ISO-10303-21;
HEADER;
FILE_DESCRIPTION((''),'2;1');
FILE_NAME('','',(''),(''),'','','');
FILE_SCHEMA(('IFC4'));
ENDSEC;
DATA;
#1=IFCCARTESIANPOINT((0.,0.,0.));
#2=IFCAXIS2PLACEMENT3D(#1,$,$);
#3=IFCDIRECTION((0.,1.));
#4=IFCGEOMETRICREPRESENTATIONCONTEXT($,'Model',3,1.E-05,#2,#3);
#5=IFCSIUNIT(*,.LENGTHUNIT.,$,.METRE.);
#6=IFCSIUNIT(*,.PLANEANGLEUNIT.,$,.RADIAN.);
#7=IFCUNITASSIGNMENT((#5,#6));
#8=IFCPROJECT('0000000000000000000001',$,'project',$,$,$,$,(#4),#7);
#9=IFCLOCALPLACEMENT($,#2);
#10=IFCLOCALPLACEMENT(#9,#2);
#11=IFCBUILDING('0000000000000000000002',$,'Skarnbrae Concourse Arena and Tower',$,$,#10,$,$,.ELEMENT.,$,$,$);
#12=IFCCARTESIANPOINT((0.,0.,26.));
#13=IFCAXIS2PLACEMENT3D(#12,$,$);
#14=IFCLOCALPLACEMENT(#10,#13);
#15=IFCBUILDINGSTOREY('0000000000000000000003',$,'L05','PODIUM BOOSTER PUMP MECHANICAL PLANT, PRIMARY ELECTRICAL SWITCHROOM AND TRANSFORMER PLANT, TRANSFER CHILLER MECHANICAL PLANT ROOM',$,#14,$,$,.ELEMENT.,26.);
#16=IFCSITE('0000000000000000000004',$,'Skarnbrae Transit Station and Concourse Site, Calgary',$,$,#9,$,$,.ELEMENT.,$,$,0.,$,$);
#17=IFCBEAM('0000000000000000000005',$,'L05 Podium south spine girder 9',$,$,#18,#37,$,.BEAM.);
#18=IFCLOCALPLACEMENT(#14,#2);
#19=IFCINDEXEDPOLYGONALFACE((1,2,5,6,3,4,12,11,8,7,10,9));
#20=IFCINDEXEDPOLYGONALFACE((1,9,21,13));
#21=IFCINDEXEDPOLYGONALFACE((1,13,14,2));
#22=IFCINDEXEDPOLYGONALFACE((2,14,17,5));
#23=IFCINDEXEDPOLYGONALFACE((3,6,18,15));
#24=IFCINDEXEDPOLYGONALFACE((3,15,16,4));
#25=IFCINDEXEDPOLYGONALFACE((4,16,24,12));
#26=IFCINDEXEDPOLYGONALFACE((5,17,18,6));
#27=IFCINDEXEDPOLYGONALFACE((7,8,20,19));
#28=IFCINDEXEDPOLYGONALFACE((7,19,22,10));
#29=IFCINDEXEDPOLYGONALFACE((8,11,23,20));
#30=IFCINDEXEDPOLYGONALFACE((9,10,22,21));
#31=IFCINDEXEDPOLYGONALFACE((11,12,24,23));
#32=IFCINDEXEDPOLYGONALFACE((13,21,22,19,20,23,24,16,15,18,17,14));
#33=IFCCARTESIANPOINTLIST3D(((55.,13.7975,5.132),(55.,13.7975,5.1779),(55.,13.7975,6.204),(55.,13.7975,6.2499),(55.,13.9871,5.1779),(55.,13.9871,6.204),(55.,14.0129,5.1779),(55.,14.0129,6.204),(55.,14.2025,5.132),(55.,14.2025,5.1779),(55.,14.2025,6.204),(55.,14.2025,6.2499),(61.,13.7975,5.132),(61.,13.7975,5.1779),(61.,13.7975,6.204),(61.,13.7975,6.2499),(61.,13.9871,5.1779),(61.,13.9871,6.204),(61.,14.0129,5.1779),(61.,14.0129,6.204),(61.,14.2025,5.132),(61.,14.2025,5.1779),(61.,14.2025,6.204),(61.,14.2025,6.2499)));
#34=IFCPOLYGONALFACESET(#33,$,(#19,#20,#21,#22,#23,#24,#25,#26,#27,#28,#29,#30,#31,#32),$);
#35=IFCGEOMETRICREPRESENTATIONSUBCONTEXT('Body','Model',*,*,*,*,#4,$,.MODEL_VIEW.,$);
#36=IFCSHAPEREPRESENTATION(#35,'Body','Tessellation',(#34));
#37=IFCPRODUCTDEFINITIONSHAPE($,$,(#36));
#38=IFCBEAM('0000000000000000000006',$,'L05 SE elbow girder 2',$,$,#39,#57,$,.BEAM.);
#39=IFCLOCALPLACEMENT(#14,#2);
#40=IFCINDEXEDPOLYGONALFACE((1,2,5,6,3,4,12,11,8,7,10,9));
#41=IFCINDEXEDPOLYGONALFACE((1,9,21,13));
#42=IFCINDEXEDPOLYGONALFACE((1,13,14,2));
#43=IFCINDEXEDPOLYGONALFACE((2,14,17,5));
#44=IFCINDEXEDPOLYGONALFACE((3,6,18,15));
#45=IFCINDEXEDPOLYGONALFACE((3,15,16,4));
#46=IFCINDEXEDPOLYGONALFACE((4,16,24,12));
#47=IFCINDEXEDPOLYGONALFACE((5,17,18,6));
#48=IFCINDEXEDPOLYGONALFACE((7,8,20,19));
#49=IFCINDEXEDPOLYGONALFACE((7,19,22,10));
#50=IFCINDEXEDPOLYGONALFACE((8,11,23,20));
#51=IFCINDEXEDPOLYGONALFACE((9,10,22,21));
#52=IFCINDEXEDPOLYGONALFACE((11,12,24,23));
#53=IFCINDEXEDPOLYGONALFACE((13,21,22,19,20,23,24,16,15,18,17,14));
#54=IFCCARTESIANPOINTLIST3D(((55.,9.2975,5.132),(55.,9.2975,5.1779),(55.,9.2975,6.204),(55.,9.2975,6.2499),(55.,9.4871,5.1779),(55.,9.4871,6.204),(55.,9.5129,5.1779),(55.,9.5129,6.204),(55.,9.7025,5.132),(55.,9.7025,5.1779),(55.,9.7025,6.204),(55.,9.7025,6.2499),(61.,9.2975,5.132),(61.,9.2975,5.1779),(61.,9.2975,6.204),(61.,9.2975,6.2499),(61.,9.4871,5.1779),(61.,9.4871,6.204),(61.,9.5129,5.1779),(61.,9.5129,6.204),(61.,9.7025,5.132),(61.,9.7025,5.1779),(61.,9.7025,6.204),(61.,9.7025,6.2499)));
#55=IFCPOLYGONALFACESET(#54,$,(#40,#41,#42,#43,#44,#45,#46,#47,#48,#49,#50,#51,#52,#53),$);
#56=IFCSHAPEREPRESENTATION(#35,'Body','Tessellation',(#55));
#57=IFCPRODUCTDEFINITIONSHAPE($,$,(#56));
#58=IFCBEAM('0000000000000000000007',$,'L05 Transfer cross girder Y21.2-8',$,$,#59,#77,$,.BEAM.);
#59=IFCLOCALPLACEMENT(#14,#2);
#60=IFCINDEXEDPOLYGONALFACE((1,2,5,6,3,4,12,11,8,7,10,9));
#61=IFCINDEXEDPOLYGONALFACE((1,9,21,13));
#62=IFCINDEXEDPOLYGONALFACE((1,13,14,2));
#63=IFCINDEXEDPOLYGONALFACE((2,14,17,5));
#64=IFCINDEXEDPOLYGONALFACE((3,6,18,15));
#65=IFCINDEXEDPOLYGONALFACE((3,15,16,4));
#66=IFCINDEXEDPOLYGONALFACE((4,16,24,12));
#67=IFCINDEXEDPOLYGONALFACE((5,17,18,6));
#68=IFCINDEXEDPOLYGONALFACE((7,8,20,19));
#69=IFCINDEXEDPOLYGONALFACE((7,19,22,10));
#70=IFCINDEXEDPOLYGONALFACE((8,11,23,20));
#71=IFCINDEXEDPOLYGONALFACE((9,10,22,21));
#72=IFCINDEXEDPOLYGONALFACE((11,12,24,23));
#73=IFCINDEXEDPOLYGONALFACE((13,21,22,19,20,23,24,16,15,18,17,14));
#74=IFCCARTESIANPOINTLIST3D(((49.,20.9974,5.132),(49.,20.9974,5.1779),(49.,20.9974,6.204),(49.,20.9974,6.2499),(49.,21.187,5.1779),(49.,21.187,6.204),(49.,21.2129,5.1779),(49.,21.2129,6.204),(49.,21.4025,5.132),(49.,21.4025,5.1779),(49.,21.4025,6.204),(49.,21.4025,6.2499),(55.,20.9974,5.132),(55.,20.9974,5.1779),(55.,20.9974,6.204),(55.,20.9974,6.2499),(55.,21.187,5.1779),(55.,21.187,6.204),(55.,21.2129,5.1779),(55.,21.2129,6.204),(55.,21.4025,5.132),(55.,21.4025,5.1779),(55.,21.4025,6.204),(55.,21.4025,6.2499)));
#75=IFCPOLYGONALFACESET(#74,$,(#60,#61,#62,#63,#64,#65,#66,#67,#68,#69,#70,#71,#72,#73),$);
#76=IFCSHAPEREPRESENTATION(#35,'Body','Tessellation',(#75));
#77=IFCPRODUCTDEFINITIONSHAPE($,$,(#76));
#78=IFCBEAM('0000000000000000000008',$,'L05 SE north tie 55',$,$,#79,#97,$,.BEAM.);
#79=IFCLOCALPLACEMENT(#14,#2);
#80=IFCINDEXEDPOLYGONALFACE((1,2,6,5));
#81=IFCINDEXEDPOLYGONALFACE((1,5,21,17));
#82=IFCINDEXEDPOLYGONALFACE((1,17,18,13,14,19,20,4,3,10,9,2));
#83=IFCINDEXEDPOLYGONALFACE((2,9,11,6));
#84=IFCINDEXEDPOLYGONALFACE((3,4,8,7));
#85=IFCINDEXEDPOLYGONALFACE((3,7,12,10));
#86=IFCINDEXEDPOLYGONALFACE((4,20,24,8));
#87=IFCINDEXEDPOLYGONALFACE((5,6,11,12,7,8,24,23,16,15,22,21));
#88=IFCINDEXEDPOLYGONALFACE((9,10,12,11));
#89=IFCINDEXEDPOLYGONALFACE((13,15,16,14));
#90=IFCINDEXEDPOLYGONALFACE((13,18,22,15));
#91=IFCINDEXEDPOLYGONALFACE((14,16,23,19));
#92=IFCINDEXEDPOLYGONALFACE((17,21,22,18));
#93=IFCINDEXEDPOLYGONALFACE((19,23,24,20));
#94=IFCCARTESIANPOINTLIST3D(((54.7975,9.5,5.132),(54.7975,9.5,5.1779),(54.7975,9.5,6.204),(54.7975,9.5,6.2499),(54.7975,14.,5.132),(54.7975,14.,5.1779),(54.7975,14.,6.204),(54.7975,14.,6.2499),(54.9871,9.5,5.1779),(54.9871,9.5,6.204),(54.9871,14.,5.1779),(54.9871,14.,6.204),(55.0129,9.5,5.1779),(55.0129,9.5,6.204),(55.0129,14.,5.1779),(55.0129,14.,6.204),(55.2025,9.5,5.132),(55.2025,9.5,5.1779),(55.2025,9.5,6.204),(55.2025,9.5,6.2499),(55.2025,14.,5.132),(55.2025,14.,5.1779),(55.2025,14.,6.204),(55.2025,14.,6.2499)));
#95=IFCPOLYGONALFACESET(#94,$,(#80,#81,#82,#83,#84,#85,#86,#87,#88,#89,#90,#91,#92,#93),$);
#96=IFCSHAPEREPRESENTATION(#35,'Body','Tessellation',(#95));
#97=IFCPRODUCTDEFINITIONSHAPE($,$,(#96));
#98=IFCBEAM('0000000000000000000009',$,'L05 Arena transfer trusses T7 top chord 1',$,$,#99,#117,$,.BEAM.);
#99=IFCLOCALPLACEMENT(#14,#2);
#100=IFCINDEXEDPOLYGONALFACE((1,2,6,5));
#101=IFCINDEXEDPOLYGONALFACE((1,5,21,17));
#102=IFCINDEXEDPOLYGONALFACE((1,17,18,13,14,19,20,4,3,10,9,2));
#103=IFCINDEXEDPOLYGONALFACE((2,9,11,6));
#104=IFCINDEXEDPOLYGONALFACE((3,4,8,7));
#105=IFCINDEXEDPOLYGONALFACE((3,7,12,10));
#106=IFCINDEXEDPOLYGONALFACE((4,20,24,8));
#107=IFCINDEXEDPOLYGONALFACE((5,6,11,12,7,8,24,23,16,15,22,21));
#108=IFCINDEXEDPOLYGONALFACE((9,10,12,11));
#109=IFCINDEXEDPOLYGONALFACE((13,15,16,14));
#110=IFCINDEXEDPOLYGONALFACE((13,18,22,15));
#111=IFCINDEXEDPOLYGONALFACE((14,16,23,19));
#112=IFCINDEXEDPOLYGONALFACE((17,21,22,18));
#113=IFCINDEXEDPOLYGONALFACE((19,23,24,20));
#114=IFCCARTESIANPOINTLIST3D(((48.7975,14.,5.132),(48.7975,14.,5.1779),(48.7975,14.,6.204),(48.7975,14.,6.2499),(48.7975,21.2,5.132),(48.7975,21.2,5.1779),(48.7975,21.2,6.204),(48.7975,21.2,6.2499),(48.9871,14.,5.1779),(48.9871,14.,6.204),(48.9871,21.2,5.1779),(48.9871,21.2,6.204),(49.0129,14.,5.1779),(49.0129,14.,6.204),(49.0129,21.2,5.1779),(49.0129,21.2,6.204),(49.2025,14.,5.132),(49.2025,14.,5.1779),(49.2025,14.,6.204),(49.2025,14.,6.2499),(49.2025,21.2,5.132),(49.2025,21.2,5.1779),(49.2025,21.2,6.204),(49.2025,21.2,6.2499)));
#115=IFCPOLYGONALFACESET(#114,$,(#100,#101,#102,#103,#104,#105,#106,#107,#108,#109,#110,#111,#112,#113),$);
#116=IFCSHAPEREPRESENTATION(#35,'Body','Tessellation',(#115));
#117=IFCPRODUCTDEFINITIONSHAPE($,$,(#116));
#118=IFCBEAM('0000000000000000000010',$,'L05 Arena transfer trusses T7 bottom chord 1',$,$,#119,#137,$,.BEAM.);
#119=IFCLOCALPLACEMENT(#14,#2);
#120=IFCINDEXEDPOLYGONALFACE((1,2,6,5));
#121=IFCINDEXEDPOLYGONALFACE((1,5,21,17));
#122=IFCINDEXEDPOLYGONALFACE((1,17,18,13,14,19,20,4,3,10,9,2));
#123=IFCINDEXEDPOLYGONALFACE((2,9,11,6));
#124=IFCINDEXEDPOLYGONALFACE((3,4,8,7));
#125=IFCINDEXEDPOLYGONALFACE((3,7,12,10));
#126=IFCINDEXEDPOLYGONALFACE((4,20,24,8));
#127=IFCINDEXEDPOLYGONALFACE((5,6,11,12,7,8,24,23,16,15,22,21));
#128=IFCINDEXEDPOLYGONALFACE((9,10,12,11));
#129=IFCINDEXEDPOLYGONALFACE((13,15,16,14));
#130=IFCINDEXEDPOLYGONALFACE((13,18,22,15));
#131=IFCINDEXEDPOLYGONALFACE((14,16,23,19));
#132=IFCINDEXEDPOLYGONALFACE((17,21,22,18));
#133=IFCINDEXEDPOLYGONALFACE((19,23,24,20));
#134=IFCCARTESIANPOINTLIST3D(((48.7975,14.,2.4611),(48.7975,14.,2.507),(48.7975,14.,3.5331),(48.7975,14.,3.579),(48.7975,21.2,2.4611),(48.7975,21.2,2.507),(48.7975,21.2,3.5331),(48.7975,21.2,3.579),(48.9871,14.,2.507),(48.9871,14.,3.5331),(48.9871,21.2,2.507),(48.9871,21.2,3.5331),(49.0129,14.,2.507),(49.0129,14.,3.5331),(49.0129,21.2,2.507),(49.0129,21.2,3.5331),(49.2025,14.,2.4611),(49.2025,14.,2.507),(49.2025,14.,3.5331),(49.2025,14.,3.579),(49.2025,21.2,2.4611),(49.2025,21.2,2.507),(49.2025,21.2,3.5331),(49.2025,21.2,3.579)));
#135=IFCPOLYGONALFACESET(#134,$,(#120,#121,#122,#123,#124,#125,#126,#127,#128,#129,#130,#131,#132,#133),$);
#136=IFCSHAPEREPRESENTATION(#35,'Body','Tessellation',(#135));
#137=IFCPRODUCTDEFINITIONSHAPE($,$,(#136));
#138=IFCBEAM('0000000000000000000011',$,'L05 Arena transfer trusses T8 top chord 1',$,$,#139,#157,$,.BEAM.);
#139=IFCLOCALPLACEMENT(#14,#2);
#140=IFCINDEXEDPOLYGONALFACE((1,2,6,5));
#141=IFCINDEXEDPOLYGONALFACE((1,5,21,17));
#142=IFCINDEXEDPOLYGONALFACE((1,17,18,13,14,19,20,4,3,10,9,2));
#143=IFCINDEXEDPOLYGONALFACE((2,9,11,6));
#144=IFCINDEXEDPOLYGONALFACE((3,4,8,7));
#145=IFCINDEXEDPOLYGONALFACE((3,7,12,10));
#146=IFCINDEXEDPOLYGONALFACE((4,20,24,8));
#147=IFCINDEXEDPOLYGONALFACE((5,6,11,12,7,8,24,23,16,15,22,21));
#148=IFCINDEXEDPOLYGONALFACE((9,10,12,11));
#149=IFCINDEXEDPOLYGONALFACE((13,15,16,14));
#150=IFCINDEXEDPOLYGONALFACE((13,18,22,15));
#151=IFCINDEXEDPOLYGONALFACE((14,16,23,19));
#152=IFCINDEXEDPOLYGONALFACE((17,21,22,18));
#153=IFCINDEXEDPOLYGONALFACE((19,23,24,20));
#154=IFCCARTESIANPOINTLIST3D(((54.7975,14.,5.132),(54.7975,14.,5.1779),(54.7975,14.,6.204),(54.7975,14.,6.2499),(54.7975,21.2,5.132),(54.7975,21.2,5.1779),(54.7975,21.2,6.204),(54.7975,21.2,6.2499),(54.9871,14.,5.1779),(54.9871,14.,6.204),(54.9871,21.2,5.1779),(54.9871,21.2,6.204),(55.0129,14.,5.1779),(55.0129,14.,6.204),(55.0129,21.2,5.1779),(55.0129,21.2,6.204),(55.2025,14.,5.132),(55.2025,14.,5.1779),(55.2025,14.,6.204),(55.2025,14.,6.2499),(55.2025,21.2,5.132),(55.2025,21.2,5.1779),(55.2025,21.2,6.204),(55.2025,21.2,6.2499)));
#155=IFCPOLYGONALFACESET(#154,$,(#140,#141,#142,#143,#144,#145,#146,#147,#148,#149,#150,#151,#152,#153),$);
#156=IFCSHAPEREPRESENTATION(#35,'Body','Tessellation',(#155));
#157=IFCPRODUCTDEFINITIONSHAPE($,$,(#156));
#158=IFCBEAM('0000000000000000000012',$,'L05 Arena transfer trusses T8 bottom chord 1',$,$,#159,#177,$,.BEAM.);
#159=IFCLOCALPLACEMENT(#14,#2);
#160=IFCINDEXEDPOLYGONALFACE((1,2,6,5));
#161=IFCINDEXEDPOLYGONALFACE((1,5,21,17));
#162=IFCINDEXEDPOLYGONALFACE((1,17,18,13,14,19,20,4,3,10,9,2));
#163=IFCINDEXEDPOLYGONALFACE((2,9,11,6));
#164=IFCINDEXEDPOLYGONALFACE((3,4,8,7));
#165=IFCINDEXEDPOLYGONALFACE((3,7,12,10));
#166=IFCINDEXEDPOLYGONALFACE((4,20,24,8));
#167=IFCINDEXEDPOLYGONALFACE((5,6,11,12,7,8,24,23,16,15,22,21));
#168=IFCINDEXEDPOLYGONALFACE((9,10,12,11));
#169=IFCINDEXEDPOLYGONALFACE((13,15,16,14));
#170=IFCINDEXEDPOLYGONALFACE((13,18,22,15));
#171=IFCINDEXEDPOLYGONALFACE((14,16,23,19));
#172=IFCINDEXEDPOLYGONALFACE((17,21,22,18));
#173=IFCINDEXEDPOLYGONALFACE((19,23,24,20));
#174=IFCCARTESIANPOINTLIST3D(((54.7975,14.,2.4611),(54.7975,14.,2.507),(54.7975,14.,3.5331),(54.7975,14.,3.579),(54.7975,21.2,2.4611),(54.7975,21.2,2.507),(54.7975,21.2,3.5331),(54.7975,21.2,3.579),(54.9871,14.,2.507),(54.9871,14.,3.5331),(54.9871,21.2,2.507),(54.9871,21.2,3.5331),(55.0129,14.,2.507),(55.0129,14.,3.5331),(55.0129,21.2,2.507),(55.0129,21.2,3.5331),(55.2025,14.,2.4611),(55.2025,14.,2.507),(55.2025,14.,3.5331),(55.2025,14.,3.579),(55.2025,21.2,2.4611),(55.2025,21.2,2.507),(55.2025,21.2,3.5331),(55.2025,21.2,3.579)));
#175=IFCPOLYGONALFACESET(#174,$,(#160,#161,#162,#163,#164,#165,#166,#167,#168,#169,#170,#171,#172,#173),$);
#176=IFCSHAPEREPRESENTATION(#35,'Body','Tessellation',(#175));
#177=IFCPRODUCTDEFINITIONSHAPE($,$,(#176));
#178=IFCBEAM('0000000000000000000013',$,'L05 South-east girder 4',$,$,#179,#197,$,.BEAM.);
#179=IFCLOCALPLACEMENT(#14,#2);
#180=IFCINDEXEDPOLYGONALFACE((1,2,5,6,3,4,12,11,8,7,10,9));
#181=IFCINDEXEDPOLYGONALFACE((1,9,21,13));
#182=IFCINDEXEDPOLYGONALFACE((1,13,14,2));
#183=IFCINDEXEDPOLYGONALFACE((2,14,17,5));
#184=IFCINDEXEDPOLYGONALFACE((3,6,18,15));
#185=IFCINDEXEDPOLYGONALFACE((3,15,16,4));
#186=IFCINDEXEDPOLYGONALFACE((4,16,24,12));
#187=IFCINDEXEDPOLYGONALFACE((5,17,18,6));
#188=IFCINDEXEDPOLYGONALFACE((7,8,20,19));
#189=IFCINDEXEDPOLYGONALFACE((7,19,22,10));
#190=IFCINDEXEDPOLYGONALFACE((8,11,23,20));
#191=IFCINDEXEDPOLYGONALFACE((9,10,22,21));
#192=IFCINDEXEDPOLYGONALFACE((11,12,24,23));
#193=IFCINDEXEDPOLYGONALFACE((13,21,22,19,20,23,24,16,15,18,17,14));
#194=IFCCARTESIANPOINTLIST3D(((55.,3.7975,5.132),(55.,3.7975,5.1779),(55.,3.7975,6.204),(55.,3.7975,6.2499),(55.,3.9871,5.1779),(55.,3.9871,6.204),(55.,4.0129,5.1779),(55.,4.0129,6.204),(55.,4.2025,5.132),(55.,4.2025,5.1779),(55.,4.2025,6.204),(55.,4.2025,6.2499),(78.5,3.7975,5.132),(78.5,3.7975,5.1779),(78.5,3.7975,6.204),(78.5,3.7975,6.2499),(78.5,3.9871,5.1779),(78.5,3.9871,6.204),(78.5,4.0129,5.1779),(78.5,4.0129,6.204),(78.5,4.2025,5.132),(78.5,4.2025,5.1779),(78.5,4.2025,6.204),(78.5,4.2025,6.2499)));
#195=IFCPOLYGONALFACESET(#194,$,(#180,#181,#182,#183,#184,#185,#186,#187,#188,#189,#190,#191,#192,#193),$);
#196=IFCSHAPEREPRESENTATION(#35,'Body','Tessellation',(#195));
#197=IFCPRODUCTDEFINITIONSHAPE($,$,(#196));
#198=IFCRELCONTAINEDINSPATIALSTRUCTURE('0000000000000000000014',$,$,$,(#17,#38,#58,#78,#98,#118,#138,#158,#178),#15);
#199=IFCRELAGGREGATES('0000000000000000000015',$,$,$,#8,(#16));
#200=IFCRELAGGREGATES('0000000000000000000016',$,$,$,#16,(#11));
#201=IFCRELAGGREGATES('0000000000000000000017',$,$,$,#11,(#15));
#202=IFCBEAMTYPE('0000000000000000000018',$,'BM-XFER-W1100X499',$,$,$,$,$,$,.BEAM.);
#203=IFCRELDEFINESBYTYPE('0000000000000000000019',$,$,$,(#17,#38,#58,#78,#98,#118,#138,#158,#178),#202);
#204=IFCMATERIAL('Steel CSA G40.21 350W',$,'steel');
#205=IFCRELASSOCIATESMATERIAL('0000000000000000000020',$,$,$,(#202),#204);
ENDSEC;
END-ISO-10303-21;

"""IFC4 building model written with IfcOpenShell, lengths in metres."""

from ifc_helpers import new_model, si_unit, direction, frame, origin, origin_2d, place, context, subcontext, project, spatial, i_section, extrude, source, transform, mapped, material, material_profile, profile_set, type_object, element, save


model = new_model("IFC4")

# Units and contexts
model_context = context("Model", 3, precision=1e-05, world=origin(), true_north=direction((0.0, 1.0)))
body_context = subcontext(model_context, "Body", "Model", "MODEL_VIEW")
ifc_project = project(units=[si_unit("LENGTHUNIT", "METRE"), si_unit("PLANEANGLEUNIT", "RADIAN")], contexts=[model_context])

# Site, building, storey
site_placement = place(None, origin())
site = spatial("IfcSite", under=ifc_project, at=site_placement, Name="Skarnbrae Transit Station and Concourse Site, Calgary", CompositionType="ELEMENT", RefElevation=0.0)
building_placement = place(site_placement, origin())
building = spatial("IfcBuilding", under=site, at=building_placement, Name="Skarnbrae Concourse Arena and Tower", CompositionType="ELEMENT")
storey_placement = place(building_placement, frame((0.0, 0.0, 26.0)))
storey = spatial("IfcBuildingStorey", under=building, at=storey_placement, Name="L05", Description="PODIUM BOOSTER PUMP MECHANICAL PLANT, PRIMARY ELECTRICAL SWITCHROOM AND TRANSFORMER PLANT, TRANSFER CHILLER MECHANICAL PLANT ROOM", CompositionType="ELEMENT", Elevation=26.0)

# Shared definitions
ifc_material_1 = material(Name="Steel CSA G40.21 350W", Category="steel")

# Beams
ifc_material_profile_1 = material_profile(ifc_material_1, i_section(OverallWidth=0.405, OverallDepth=1.1179, WebThickness=0.0259, FlangeThickness=0.0459, at=origin_2d()), Name="W1100X499")
ifc_profile_set_1 = profile_set([ifc_material_profile_1], Name="Steel CSA G40.21 350W")
beam_type = type_object("IfcBeamType", Name="BM-XFER-W1100X499", PredefinedType="BEAM", material=ifc_profile_set_1)
shared_shape_1 = source(origin(), body_context, "Body", "SweptSolid", [
    extrude(i_section(OverallWidth=0.405, OverallDepth=1.1179, WebThickness=0.0259, FlangeThickness=0.0459, at=origin_2d()), origin(), (0.0, 0.0, 1.0), 6.0),
])
for number, where, z_axis, x_axis, name in (
    (1, (55.0, 14.0, 5.6909), (1.0, 0.0, 0.0), (0.0, 1.0, 0.0), "L05 Podium south spine girder 9"),
    (2, (55.0, 9.5, 5.6909), (1.0, 0.0, 0.0), (0.0, 1.0, 0.0), "L05 SE elbow girder 2"),
    (3, (49.0, 21.2, 5.6909), (1.0, 0.0, 0.0), (0.0, 1.0, 0.0), "L05 Transfer cross girder Y21.2-8"),
):
    element("IfcBeam", number, at=place(storey_placement, frame(where, z_axis=z_axis, x_axis=x_axis)), inside=storey, type_object=beam_type, Name=name, PredefinedType="BEAM", context=body_context, shape_type="MappedRepresentation", body=[
        mapped(shared_shape_1, transform((0.0, 0.0, 0.0))),
    ])
shared_shape_2 = source(origin(), body_context, "Body", "SweptSolid", [
    extrude(i_section(OverallWidth=0.405, OverallDepth=1.1179, WebThickness=0.0259, FlangeThickness=0.0459, at=origin_2d()), origin(), (0.0, 0.0, 1.0), 4.5),
])
beam_1_placement = place(storey_placement, frame((55.0, 9.5, 5.6909), z_axis=(0.0, 1.0, 0.0), x_axis=(-1.0, 0.0, 0.0)))
element("IfcBeam", 4, at=beam_1_placement, inside=storey, type_object=beam_type, Name="L05 SE north tie 55", PredefinedType="BEAM", context=body_context, shape_type="MappedRepresentation", body=[
    mapped(shared_shape_2, transform((0.0, 0.0, 0.0))),
])
shared_shape_3 = source(origin(), body_context, "Body", "SweptSolid", [
    extrude(i_section(OverallWidth=0.405, OverallDepth=1.1179, WebThickness=0.0259, FlangeThickness=0.0459, at=origin_2d()), origin(), (0.0, 0.0, 1.0), 7.2),
])
for number, where, z_axis, x_axis, name in (
    (5, (49.0, 14.0, 5.6909), (0.0, 1.0, 0.0), (-1.0, 0.0, 0.0), "L05 Arena transfer trusses T7 top chord 1"),
    (6, (49.0, 14.0, 3.02), (0.0, 1.0, 0.0), (-1.0, 0.0, 0.0), "L05 Arena transfer trusses T7 bottom chord 1"),
    (7, (55.0, 14.0, 5.6909), (0.0, 1.0, 0.0), (-1.0, 0.0, 0.0), "L05 Arena transfer trusses T8 top chord 1"),
    (8, (55.0, 14.0, 3.02), (0.0, 1.0, 0.0), (-1.0, 0.0, 0.0), "L05 Arena transfer trusses T8 bottom chord 1"),
):
    element("IfcBeam", number, at=place(storey_placement, frame(where, z_axis=z_axis, x_axis=x_axis)), inside=storey, type_object=beam_type, Name=name, PredefinedType="BEAM", context=body_context, shape_type="MappedRepresentation", body=[
        mapped(shared_shape_3, transform((0.0, 0.0, 0.0))),
    ])
shared_shape_4 = source(origin(), body_context, "Body", "SweptSolid", [
    extrude(i_section(OverallWidth=0.405, OverallDepth=1.1179, WebThickness=0.0259, FlangeThickness=0.0459, at=origin_2d()), origin(), (0.0, 0.0, 1.0), 23.5),
])
beam_2_placement = place(storey_placement, frame((55.0, 4.0, 5.6909), z_axis=(1.0, 0.0, 0.0), x_axis=(0.0, 1.0, 0.0)))
element("IfcBeam", 9, at=beam_2_placement, inside=storey, type_object=beam_type, Name="L05 South-east girder 4", PredefinedType="BEAM", context=body_context, shape_type="MappedRepresentation", body=[
    mapped(shared_shape_4, transform((0.0, 0.0, 0.0))),
])

save(model, "model.ifc")
